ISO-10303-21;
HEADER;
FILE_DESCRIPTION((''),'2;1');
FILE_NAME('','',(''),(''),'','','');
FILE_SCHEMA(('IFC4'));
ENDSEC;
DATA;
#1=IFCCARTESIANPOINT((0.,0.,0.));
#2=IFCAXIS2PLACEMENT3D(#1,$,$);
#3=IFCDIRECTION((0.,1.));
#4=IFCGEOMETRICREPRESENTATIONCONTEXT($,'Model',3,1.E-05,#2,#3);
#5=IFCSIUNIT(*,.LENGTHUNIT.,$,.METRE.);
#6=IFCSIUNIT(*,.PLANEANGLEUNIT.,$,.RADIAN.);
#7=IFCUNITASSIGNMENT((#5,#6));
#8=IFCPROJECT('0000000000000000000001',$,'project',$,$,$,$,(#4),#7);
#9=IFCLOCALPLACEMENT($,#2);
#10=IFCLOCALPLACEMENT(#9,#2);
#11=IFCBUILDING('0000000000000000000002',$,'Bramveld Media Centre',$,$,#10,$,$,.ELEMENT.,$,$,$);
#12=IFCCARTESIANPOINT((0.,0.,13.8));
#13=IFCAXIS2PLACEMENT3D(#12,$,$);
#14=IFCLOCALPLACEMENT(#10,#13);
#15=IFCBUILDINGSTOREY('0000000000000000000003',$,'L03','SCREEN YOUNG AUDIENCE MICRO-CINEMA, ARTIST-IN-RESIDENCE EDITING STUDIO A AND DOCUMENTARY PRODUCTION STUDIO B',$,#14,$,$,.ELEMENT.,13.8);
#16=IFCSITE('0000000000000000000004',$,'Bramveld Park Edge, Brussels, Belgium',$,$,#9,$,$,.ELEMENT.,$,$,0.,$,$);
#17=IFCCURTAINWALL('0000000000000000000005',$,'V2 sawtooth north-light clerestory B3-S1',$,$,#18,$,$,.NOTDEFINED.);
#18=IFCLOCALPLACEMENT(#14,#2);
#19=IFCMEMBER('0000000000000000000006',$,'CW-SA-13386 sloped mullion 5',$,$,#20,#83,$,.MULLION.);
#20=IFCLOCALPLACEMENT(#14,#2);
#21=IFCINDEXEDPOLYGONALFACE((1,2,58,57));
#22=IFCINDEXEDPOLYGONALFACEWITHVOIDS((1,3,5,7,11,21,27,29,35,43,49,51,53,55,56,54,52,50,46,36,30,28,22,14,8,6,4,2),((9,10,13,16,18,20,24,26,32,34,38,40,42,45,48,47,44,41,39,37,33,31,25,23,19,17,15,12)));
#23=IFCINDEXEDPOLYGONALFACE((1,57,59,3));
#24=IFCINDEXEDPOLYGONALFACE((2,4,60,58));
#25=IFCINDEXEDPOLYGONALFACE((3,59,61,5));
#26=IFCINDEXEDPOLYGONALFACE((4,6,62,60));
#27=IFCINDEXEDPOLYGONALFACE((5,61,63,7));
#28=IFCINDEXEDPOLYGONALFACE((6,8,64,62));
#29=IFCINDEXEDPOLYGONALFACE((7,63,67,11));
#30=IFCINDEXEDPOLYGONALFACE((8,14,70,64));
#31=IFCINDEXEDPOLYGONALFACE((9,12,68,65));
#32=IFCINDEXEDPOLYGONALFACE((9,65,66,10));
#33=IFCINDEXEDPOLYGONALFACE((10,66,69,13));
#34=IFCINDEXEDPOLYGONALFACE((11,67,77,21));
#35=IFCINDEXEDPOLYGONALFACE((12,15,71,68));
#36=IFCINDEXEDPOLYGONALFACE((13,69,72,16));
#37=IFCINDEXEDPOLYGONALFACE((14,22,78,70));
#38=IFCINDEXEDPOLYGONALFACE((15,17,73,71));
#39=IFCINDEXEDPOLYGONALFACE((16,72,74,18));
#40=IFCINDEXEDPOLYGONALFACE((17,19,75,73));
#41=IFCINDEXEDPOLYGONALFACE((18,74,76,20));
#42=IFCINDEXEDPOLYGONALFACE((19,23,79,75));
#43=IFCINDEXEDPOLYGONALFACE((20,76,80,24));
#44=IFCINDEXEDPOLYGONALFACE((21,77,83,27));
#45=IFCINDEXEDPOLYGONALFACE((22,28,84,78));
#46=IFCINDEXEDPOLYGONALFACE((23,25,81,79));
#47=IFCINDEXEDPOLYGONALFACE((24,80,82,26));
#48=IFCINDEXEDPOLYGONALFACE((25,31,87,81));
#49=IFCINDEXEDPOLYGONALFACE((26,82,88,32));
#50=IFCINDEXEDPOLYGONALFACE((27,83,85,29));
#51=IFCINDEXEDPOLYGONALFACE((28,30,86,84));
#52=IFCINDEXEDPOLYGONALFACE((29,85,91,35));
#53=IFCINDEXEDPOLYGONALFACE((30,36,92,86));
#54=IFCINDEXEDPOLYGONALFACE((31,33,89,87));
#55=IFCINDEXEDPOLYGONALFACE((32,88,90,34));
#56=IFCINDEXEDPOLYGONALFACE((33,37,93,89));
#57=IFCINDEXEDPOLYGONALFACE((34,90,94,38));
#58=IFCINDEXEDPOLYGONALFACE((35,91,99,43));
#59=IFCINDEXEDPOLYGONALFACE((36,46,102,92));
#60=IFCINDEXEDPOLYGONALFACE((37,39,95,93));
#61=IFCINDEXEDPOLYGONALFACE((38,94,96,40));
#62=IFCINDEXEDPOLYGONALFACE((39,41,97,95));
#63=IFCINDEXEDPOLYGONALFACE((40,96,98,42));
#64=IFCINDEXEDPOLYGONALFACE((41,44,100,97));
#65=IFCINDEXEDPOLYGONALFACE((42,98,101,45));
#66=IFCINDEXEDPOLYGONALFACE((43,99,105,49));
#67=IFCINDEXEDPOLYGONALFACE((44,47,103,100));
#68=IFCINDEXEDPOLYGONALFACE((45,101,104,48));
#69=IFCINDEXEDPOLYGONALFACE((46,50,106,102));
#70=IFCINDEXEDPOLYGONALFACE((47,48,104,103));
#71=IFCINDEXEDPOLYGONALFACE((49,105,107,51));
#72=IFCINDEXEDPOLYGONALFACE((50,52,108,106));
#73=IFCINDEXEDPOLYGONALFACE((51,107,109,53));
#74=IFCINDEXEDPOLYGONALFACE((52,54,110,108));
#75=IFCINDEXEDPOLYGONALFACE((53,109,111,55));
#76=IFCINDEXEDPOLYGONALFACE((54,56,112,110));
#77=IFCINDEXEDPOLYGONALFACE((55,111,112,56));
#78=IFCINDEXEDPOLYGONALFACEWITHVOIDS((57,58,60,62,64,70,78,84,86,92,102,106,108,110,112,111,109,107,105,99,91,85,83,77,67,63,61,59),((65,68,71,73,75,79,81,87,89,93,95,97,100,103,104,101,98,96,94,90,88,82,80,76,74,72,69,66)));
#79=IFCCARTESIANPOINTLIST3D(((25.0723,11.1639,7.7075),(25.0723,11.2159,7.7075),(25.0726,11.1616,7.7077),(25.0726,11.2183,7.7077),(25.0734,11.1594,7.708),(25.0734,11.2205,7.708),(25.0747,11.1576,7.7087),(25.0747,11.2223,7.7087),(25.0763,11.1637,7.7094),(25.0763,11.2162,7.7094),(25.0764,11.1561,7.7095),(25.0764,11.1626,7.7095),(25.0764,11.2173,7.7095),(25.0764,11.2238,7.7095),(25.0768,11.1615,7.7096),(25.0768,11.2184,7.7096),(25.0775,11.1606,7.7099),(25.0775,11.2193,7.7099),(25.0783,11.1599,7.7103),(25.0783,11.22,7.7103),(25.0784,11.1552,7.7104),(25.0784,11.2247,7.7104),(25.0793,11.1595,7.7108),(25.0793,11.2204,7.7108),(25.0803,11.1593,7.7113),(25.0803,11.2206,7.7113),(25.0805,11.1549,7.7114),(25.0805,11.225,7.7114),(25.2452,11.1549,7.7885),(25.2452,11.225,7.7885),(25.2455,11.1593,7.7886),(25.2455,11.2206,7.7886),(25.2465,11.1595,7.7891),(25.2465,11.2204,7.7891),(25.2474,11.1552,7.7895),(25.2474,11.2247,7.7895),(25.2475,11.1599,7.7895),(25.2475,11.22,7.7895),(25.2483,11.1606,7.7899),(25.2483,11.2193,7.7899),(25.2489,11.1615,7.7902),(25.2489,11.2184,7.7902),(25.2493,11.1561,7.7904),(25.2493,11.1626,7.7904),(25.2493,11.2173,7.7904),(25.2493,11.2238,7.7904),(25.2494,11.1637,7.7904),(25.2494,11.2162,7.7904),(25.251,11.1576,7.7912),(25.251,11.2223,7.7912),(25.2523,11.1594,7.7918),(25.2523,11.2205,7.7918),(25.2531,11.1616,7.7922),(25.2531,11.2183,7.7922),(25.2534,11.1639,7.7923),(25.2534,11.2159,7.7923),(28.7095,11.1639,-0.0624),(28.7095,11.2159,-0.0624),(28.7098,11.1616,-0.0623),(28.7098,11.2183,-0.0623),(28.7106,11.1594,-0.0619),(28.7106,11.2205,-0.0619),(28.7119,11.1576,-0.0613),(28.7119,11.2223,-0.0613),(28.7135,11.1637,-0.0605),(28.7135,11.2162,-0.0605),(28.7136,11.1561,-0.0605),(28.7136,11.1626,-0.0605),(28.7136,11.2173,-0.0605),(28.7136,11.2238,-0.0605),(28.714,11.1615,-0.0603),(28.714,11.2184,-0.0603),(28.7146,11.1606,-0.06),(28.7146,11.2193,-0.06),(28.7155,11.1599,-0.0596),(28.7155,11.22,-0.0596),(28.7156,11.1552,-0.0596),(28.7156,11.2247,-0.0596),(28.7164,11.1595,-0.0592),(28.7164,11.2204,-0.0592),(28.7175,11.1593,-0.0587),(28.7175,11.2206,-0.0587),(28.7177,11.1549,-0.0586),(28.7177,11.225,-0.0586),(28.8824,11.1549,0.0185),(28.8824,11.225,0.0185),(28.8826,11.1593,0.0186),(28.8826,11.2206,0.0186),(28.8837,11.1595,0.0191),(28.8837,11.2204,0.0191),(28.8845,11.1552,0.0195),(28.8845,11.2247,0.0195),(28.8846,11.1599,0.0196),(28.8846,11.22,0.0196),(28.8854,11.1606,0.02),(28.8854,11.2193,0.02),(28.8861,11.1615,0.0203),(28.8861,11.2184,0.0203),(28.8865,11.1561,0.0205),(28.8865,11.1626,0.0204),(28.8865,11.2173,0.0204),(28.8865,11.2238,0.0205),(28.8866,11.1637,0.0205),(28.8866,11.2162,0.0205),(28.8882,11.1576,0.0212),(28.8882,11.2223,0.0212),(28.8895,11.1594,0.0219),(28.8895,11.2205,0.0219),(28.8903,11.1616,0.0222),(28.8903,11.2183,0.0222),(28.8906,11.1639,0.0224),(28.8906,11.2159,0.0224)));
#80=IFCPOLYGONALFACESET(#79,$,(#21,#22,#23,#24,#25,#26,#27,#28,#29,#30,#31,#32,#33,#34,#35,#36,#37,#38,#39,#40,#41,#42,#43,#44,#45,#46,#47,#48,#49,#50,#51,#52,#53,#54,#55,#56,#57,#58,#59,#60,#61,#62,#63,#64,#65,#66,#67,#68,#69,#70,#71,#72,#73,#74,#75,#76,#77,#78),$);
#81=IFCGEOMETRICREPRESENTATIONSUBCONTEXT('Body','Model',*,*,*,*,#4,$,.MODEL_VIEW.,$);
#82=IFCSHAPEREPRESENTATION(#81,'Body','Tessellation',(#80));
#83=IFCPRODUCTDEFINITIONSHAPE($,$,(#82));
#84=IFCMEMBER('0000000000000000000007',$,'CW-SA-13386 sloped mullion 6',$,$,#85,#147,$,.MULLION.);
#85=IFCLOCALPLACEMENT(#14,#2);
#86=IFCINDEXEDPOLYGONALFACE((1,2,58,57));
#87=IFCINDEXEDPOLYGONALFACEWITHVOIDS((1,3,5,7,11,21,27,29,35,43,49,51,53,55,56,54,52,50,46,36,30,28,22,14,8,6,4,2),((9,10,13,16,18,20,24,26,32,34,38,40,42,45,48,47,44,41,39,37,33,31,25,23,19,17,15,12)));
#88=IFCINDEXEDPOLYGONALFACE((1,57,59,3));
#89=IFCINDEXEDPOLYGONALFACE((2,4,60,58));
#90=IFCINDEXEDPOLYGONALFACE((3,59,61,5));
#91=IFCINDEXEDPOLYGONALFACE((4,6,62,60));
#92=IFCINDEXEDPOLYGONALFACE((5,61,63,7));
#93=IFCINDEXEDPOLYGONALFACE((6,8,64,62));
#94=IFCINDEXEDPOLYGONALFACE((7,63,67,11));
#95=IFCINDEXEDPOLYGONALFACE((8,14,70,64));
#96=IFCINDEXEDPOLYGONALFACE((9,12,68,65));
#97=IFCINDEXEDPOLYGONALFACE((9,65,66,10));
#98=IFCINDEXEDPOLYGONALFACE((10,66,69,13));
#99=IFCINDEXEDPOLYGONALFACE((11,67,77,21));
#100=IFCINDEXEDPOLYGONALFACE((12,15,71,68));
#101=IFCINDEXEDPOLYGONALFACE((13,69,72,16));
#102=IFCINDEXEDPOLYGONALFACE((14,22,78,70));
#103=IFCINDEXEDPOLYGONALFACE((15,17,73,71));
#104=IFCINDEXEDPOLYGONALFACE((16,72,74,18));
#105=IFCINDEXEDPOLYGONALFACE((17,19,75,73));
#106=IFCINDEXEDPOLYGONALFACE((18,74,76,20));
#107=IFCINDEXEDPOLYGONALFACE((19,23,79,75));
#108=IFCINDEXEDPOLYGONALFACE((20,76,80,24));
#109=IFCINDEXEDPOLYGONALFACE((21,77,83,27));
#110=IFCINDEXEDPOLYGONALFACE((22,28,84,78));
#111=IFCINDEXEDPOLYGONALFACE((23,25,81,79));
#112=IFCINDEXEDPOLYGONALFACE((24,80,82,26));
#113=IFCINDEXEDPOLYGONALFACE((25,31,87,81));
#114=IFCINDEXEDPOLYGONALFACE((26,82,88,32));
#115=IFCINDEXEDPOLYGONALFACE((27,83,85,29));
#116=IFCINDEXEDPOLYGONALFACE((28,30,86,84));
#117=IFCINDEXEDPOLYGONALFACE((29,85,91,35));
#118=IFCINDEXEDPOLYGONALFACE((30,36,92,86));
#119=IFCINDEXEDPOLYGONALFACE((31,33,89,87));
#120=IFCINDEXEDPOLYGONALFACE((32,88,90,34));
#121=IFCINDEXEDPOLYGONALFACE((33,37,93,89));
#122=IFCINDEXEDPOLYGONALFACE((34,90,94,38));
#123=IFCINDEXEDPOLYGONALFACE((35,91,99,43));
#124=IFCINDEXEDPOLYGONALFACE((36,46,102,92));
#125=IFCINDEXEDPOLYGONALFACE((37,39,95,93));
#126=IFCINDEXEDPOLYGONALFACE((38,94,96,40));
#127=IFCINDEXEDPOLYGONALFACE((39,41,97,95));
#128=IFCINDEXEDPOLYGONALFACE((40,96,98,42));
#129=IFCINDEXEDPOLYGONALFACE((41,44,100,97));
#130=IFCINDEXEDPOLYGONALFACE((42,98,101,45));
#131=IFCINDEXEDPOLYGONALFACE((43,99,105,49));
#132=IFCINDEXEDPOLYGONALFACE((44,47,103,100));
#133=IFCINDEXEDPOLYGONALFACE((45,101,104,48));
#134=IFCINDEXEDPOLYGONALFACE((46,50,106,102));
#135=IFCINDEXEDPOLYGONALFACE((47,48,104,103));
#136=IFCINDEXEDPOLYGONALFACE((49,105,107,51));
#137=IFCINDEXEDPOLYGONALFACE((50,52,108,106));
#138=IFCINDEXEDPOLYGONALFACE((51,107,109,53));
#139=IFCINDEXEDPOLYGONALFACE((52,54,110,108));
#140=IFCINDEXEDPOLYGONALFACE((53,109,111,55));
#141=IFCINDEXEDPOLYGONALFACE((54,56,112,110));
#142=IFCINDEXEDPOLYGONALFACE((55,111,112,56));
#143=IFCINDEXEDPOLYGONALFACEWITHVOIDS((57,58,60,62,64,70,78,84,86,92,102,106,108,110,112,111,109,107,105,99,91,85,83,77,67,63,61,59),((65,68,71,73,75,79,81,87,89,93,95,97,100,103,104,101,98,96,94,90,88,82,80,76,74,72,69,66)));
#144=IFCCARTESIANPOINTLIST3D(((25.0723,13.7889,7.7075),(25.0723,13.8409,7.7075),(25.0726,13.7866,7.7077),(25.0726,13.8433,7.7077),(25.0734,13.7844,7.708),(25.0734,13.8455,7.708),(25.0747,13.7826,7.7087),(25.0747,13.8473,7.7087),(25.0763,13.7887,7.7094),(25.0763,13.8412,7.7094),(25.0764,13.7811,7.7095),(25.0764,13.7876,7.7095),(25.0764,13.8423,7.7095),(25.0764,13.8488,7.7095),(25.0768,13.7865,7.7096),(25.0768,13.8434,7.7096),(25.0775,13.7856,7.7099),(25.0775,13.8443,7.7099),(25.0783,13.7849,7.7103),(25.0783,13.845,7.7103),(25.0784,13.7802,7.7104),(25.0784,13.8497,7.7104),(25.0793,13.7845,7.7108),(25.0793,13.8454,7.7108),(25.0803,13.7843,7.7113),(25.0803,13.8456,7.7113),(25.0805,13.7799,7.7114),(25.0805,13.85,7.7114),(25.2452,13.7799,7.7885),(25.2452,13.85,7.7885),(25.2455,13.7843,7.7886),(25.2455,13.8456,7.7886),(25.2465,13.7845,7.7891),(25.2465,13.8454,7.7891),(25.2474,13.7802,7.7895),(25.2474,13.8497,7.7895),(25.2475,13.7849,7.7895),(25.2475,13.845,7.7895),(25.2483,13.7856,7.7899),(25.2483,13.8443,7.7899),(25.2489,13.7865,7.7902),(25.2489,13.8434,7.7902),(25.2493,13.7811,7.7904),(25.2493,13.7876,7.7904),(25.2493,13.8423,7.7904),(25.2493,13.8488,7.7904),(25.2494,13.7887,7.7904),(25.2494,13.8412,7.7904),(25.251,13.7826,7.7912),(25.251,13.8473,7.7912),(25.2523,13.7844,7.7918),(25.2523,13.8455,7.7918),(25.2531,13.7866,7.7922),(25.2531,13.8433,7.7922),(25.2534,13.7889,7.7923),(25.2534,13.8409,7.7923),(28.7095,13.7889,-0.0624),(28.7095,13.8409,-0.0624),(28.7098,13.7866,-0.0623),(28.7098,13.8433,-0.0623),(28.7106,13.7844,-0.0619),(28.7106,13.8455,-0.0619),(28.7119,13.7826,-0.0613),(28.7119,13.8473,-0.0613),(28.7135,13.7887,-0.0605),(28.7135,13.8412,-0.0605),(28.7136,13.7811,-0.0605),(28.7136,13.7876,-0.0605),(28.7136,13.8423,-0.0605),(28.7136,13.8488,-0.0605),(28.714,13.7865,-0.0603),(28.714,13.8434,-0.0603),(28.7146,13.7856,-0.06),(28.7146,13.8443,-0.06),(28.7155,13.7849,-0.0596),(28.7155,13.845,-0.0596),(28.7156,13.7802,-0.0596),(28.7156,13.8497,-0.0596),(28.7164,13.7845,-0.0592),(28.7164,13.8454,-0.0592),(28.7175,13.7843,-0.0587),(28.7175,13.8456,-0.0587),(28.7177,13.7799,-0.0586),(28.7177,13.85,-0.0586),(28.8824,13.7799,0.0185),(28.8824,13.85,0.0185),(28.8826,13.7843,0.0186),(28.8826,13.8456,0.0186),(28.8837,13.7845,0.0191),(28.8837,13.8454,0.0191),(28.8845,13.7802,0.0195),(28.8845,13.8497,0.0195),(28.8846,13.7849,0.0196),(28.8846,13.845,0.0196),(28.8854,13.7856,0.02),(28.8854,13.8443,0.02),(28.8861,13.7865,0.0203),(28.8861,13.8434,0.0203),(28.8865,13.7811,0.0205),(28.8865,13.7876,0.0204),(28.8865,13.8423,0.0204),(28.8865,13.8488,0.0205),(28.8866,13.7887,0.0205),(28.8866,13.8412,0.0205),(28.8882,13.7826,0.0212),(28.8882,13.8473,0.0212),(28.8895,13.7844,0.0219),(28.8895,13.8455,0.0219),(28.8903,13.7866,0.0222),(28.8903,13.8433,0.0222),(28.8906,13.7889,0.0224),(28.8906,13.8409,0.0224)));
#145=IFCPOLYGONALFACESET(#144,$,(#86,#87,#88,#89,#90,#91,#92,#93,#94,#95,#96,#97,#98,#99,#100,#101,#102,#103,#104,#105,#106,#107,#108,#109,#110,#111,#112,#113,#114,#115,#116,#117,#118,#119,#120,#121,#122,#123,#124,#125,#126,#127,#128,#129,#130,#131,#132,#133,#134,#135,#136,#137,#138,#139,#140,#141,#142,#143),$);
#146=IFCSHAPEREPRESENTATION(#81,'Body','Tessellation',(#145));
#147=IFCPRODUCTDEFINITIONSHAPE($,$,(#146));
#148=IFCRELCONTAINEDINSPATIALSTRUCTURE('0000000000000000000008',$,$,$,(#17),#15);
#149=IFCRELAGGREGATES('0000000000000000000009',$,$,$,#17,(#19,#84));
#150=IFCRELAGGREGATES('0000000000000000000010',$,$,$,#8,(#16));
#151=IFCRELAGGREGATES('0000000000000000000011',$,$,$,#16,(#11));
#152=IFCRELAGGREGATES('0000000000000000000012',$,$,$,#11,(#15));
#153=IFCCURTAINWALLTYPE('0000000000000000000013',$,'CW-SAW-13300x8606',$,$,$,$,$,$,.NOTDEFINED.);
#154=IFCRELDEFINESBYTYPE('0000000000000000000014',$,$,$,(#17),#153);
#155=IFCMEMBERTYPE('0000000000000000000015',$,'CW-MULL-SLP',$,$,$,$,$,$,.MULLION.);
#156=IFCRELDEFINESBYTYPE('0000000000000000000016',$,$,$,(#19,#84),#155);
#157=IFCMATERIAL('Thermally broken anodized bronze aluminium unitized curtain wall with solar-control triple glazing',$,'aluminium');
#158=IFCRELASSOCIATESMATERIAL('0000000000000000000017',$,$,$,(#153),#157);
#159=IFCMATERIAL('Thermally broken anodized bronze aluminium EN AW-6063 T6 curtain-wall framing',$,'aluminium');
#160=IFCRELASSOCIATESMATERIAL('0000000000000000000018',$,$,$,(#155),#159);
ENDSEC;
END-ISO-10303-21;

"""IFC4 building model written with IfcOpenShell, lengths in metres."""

from ifc_helpers import new_model, si_unit, direction, frame, origin, origin_2d, place, context, subcontext, project, spatial, hollow_rectangle, extrude, material, material_profile, profile_set, type_object, element, aggregate, save


model = new_model("IFC4")

# Units and contexts
model_context = context("Model", 3, precision=1e-05, world=origin(), true_north=direction((0.0, 1.0)))
body_context = subcontext(model_context, "Body", "Model", "MODEL_VIEW")
ifc_project = project(units=[si_unit("LENGTHUNIT", "METRE"), si_unit("PLANEANGLEUNIT", "RADIAN")], contexts=[model_context])

# Site, building, storey
site_placement = place(None, origin())
site = spatial("IfcSite", under=ifc_project, at=site_placement, Name="Bramveld Park Edge, Brussels, Belgium", CompositionType="ELEMENT", RefElevation=0.0)
building_placement = place(site_placement, origin())
building = spatial("IfcBuilding", under=site, at=building_placement, Name="Bramveld Media Centre", CompositionType="ELEMENT")
storey_placement = place(building_placement, frame((0.0, 0.0, 13.8)))
storey = spatial("IfcBuildingStorey", under=building, at=storey_placement, Name="L03", Description="SCREEN YOUNG AUDIENCE MICRO-CINEMA, ARTIST-IN-RESIDENCE EDITING STUDIO A AND DOCUMENTARY PRODUCTION STUDIO B", CompositionType="ELEMENT", Elevation=13.8)

# Curtain wall, members
ifc_material_1 = material(Name="Thermally broken anodized bronze aluminium unitized curtain wall with solar-control triple glazing", Category="aluminium")
curtain_wall_type = type_object("IfcCurtainWallType", Name="CW-SAW-13300x8606", PredefinedType="NOTDEFINED", material=ifc_material_1)
curtain_wall_1_placement = place(storey_placement, origin())
curtain_wall_1 = element("IfcCurtainWall", 1, at=curtain_wall_1_placement, inside=storey, type_object=curtain_wall_type, Name="V2 sawtooth north-light clerestory B3-S1", PredefinedType="NOTDEFINED")
ifc_material_2 = material(Name="Thermally broken anodized bronze aluminium EN AW-6063 T6 curtain-wall framing", Category="aluminium")
ifc_material_profile_1 = material_profile(ifc_material_2, hollow_rectangle(XDim=0.0701, YDim=0.2, WallThickness=0.0044, InnerFilletRadius=0.0044, OuterFilletRadius=0.009, at=origin_2d()), Name="AL-MULL 70x200")
ifc_profile_set_1 = profile_set([ifc_material_profile_1], Name="Thermally broken anodized bronze aluminium EN AW-6063 T6 curtain-wall framing")
member_type_1 = type_object("IfcMemberType", Name="CW-MULL-SLP", PredefinedType="MULLION", material=ifc_profile_set_1)
member_1_placement = place(storey_placement, frame((28.8, 11.1899, -0.02), z_axis=(-0.423957, 0.0, 0.905682), x_axis=(0.0, -1.0, 0.0)))
member_1 = element("IfcMember", 2, at=member_1_placement, type_object=member_type_1, Name="CW-SA-13386 sloped mullion 5", PredefinedType="MULLION", context=body_context, shape_type="SweptSolid", body=[
    extrude(hollow_rectangle(XDim=0.0701, YDim=0.2, WallThickness=0.0044, InnerFilletRadius=0.0044, OuterFilletRadius=0.009, at=origin_2d()), origin(), (0.0, 0.0, 1.0), 8.5791),
])
member_2_placement = place(storey_placement, frame((28.8, 13.8149, -0.02), z_axis=(-0.423957, 0.0, 0.905682), x_axis=(0.0, -1.0, 0.0)))
member_2 = element("IfcMember", 3, at=member_2_placement, type_object=member_type_1, Name="CW-SA-13386 sloped mullion 6", PredefinedType="MULLION", context=body_context, shape_type="SweptSolid", body=[
    extrude(hollow_rectangle(XDim=0.0701, YDim=0.2, WallThickness=0.0044, InnerFilletRadius=0.0044, OuterFilletRadius=0.009, at=origin_2d()), origin(), (0.0, 0.0, 1.0), 8.5791),
])

aggregate(curtain_wall_1, [member_1, member_2])

save(model, "model.ifc")
